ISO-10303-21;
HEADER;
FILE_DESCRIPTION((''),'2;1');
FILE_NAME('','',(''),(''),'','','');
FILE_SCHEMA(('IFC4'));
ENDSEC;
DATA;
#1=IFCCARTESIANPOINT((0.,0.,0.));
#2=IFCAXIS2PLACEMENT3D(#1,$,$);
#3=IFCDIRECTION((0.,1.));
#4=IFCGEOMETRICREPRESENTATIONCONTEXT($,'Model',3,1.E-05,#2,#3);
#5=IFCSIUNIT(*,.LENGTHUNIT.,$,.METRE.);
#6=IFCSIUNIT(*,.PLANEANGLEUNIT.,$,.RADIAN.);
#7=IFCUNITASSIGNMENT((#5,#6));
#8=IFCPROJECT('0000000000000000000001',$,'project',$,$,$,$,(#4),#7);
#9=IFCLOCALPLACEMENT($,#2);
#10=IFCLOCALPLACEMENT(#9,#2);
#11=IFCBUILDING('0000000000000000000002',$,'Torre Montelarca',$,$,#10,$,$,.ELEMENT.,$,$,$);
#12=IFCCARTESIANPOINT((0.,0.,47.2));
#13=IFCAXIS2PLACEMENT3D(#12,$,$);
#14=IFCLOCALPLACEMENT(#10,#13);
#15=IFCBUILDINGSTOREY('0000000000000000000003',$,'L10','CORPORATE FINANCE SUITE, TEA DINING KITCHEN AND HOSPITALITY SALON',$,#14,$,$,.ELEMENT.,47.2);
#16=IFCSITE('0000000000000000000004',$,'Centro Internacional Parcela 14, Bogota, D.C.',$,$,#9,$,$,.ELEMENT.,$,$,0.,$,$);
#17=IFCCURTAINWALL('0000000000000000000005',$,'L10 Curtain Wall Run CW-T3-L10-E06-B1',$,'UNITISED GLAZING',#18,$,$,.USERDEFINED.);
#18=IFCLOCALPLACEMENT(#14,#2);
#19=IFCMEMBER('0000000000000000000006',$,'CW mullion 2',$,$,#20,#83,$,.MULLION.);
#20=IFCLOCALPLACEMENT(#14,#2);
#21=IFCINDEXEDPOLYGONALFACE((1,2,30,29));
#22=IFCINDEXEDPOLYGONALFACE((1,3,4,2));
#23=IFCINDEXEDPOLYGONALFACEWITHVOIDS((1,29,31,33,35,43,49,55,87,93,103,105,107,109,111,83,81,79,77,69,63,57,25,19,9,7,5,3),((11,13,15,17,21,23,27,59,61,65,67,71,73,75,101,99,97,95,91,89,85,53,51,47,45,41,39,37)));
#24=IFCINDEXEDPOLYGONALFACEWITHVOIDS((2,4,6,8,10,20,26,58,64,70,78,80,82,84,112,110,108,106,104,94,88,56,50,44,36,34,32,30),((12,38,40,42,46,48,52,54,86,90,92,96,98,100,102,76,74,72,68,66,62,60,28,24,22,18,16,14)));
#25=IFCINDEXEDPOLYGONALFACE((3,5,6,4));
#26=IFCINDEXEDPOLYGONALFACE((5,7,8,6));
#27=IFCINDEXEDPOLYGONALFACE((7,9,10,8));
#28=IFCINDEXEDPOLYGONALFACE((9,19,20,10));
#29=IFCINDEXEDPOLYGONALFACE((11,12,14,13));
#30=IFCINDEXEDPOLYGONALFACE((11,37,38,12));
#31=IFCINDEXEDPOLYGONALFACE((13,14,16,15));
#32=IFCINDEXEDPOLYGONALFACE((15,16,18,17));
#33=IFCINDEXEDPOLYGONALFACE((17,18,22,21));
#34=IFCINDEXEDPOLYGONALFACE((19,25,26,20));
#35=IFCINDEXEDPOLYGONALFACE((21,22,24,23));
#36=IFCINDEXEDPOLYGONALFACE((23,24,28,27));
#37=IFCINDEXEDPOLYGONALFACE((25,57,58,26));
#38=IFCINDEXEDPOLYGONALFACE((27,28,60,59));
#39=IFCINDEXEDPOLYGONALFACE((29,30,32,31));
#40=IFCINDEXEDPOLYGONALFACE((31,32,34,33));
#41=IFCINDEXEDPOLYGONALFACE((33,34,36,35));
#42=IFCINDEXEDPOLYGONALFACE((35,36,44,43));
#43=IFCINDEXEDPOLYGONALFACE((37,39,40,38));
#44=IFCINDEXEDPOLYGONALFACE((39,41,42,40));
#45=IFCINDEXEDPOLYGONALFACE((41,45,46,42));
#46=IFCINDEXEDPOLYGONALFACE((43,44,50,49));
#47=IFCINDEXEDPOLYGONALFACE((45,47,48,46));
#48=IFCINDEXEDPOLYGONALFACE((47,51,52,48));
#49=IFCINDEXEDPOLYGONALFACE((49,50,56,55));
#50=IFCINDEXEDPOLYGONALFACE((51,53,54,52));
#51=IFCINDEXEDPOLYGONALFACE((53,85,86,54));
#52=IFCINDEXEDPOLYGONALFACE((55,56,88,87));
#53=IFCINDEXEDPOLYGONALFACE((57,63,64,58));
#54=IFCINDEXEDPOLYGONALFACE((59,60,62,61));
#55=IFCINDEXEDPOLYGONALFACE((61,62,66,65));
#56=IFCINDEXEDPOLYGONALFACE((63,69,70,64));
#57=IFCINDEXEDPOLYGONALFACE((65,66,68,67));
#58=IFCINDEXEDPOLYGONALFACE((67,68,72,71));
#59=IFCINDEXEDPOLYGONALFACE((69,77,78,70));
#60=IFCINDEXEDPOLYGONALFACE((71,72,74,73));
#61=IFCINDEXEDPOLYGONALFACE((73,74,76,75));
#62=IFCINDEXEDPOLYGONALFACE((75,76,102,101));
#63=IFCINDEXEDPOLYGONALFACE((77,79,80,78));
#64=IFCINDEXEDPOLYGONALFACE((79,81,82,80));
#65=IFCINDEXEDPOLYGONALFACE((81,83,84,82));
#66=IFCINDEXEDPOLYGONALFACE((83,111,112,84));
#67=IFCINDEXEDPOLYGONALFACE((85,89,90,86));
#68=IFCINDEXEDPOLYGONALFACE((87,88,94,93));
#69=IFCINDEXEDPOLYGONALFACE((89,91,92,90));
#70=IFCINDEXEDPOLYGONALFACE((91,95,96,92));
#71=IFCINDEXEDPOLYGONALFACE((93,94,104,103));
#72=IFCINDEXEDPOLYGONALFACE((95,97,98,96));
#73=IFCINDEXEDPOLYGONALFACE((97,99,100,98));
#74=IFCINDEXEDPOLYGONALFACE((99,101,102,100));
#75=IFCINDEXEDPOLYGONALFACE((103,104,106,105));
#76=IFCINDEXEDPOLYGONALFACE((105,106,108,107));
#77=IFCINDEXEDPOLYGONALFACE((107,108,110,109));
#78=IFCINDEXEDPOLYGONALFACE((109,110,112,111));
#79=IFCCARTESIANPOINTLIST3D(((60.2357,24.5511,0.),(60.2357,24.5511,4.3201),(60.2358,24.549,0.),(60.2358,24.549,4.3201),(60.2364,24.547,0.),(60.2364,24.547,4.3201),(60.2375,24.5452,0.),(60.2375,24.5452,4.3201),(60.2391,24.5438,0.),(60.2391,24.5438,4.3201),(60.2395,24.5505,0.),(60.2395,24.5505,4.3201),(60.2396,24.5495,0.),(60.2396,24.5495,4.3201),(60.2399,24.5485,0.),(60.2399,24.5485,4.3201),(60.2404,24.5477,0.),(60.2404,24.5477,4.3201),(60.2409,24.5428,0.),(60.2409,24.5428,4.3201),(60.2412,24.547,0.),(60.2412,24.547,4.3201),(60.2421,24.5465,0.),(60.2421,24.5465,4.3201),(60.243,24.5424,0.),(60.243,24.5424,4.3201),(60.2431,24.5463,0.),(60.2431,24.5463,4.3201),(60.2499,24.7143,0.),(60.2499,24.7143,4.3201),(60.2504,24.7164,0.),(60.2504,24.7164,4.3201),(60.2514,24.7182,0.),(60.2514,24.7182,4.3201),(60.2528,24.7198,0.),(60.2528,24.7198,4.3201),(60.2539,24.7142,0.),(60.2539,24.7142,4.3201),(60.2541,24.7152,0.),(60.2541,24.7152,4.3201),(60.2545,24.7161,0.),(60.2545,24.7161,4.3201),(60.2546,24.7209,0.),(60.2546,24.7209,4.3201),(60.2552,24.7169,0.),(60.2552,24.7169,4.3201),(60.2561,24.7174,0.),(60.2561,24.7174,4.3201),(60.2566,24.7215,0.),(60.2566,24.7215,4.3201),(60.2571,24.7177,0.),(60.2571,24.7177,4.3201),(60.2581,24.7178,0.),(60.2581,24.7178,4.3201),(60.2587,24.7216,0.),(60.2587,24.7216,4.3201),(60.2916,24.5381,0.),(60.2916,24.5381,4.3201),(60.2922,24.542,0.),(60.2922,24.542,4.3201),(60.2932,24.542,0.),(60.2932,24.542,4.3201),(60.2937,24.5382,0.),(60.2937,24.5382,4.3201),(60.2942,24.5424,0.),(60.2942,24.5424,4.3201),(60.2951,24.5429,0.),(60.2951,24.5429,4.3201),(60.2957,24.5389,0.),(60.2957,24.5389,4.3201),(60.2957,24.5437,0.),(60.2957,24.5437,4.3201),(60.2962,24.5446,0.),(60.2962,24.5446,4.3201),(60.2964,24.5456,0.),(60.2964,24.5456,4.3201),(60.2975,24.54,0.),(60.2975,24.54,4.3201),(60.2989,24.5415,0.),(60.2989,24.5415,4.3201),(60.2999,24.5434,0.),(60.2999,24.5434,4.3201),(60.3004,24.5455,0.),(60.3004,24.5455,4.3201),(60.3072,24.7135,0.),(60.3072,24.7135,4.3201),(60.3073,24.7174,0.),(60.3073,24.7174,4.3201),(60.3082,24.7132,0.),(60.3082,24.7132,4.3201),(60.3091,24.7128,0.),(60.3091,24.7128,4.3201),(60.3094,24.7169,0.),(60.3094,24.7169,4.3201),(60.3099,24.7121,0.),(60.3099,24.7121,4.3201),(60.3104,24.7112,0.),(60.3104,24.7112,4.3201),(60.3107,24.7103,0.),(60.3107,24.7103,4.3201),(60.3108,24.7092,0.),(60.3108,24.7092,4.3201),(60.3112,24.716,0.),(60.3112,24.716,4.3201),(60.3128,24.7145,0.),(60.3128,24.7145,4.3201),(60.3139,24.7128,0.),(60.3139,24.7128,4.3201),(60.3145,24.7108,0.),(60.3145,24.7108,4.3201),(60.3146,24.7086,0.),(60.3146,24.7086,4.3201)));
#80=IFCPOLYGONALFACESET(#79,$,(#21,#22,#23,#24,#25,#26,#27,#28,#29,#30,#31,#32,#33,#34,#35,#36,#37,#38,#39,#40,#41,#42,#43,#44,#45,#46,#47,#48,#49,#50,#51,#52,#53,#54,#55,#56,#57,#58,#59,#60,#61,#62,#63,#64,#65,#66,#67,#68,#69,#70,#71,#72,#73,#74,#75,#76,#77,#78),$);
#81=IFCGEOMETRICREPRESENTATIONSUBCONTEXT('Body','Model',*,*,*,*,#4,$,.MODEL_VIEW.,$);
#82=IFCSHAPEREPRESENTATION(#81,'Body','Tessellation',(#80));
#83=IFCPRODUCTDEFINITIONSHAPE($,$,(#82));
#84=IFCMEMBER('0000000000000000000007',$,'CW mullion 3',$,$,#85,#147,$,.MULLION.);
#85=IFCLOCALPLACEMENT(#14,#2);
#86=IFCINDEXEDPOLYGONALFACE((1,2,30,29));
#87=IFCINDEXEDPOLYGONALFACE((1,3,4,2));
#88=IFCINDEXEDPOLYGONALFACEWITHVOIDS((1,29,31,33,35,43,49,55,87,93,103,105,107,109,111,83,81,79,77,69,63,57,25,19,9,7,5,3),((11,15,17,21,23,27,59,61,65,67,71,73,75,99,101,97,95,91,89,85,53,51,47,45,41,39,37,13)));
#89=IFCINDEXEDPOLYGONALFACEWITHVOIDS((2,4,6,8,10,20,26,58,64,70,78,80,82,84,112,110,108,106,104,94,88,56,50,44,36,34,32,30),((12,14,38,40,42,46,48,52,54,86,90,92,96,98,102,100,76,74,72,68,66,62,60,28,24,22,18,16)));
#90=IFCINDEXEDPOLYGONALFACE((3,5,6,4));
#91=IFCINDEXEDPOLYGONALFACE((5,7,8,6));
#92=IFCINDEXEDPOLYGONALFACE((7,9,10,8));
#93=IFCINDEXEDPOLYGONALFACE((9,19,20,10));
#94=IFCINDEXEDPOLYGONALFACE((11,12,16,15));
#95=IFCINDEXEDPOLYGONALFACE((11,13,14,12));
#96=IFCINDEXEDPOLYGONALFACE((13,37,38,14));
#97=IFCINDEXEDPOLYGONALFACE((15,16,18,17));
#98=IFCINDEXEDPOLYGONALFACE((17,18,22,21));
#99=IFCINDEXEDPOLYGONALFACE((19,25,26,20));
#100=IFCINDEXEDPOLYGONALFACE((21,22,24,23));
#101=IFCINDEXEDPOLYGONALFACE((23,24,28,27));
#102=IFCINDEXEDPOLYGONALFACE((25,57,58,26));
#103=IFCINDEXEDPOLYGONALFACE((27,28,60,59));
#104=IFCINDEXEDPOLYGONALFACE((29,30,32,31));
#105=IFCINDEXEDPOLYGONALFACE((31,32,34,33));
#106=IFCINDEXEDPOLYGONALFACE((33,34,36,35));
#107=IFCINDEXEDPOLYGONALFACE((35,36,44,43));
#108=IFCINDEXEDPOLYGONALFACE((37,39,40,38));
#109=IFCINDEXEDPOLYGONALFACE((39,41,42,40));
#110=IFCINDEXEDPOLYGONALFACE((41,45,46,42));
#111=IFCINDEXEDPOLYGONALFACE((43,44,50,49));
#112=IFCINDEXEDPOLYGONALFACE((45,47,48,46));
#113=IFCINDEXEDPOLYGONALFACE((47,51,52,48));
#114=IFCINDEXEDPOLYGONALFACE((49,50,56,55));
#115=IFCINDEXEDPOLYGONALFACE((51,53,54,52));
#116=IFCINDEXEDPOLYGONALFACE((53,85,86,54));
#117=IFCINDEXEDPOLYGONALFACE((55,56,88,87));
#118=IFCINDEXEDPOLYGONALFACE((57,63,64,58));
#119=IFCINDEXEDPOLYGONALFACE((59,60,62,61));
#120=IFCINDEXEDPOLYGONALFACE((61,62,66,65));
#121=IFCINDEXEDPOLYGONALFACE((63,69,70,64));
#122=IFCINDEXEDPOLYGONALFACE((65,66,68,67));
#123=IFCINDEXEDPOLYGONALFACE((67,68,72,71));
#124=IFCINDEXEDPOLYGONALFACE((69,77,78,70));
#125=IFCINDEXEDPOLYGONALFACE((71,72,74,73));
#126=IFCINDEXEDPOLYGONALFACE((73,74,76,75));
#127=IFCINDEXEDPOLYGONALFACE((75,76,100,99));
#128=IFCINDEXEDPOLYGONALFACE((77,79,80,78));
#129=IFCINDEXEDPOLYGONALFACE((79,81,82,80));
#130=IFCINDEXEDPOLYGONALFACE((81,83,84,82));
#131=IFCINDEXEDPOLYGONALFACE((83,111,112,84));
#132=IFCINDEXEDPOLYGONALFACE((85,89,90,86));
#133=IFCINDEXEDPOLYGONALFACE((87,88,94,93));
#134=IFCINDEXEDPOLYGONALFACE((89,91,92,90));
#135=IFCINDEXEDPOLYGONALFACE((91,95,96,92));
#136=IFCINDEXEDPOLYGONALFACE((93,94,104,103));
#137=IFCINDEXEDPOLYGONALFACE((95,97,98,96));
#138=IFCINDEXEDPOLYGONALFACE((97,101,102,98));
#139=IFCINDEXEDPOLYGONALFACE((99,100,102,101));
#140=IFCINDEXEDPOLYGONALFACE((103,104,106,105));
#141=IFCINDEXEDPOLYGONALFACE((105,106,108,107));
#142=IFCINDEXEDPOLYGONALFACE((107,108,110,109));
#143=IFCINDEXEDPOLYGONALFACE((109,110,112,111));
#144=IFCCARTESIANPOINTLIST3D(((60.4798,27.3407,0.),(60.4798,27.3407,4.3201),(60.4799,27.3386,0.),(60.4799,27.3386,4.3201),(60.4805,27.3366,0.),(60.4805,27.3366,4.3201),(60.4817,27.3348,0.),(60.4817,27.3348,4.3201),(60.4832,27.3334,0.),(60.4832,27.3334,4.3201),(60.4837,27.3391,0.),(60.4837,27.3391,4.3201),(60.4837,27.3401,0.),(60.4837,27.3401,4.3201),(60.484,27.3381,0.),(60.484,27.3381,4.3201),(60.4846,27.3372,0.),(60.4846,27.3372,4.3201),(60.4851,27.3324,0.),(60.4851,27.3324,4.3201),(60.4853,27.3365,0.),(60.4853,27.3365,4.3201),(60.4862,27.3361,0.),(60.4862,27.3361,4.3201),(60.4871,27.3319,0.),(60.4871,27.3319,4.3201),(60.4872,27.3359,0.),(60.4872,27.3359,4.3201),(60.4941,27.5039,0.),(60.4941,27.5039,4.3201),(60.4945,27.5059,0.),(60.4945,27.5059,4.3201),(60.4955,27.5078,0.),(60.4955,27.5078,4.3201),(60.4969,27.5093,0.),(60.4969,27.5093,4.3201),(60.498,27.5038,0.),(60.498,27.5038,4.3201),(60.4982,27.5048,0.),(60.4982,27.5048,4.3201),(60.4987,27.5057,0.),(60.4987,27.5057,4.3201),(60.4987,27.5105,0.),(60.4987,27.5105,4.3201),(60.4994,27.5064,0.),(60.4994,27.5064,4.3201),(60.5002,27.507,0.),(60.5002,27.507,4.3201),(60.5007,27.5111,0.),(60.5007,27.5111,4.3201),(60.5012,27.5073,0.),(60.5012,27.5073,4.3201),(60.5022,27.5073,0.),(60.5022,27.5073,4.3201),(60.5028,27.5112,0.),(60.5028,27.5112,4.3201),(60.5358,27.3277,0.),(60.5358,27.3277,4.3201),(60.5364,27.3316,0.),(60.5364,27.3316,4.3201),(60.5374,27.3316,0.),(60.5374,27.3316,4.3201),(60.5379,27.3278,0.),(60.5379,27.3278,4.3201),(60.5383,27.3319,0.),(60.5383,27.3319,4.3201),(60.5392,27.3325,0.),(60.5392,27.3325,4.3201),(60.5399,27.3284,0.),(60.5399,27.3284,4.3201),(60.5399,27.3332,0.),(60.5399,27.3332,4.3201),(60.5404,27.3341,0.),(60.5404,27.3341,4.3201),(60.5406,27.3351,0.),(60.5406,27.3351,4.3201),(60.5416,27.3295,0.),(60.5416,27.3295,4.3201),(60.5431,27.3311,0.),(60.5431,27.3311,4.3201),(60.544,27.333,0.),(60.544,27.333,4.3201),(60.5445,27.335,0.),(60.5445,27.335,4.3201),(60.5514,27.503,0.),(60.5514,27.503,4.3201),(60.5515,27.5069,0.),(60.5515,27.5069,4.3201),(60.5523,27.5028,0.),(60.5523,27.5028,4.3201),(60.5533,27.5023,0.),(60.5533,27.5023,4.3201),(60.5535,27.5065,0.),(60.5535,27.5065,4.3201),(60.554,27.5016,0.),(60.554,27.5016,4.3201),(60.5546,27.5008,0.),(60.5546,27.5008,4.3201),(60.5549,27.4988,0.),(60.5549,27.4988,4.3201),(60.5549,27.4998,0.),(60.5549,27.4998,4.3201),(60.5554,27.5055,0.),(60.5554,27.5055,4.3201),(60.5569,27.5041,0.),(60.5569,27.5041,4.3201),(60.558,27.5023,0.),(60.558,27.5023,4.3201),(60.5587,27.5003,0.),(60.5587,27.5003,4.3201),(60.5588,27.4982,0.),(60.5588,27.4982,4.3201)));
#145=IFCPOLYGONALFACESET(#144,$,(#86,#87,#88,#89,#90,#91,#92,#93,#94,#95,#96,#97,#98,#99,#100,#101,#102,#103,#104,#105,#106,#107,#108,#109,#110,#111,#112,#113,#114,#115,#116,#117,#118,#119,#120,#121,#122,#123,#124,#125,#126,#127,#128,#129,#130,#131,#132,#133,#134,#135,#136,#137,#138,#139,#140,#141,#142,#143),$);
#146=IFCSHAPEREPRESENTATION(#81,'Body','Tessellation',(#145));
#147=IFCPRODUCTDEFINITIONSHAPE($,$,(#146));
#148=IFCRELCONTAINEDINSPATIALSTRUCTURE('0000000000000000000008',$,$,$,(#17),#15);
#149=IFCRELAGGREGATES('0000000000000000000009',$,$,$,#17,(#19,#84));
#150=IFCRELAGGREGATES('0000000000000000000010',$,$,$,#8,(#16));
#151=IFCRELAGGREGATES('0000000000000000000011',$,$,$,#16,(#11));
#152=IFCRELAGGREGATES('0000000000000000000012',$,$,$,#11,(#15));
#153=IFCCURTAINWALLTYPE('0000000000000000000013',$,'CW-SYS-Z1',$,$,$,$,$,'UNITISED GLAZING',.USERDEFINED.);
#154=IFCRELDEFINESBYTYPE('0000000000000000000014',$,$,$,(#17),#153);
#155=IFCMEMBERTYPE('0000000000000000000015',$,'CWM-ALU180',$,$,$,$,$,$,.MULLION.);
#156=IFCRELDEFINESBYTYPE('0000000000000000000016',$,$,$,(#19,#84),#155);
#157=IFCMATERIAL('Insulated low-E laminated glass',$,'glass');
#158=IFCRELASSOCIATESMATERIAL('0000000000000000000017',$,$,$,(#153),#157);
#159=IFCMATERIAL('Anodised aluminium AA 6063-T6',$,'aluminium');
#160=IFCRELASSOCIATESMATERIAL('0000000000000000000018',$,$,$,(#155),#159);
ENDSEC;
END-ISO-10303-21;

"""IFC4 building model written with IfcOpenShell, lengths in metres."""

from ifc_helpers import new_model, si_unit, direction, frame, origin, origin_2d, place, context, subcontext, project, spatial, hollow_rectangle, extrude, source, transform, mapped, material, material_profile, profile_set, type_object, element, aggregate, save


model = new_model("IFC4")

# Units and contexts
model_context = context("Model", 3, precision=1e-05, world=origin(), true_north=direction((0.0, 1.0)))
body_context = subcontext(model_context, "Body", "Model", "MODEL_VIEW")
ifc_project = project(units=[si_unit("LENGTHUNIT", "METRE"), si_unit("PLANEANGLEUNIT", "RADIAN")], contexts=[model_context])

# Site, building, storey
site_placement = place(None, origin())
site = spatial("IfcSite", under=ifc_project, at=site_placement, Name="Centro Internacional Parcela 14, Bogota, D.C.", CompositionType="ELEMENT", RefElevation=0.0)
building_placement = place(site_placement, origin())
building = spatial("IfcBuilding", under=site, at=building_placement, Name="Torre Montelarca", CompositionType="ELEMENT")
storey_placement = place(building_placement, frame((0.0, 0.0, 47.2)))
storey = spatial("IfcBuildingStorey", under=building, at=storey_placement, Name="L10", Description="CORPORATE FINANCE SUITE, TEA DINING KITCHEN AND HOSPITALITY SALON", CompositionType="ELEMENT", Elevation=47.2)

# Curtain wall, members
ifc_material_1 = material(Name="Insulated low-E laminated glass", Category="glass")
curtain_wall_type = type_object("IfcCurtainWallType", Name="CW-SYS-Z1", ElementType="UNITISED GLAZING", PredefinedType="USERDEFINED", material=ifc_material_1)
ifc_material_2 = material(Name="Anodised aluminium AA 6063-T6", Category="aluminium")
ifc_material_profile_1 = material_profile(ifc_material_2, hollow_rectangle(XDim=0.0649, YDim=0.1799, WallThickness=0.0039, InnerFilletRadius=0.0039, OuterFilletRadius=0.0081, at=origin_2d()), Name="ALU65X180X4", Category="aluminium")
ifc_profile_set_1 = profile_set([ifc_material_profile_1], Name="Anodised aluminium AA 6063-T6")
member_type_1 = type_object("IfcMemberType", Name="CWM-ALU180", PredefinedType="MULLION", material=ifc_profile_set_1)
shared_shape_1 = source(origin(), body_context, "Body", "SweptSolid", [
    extrude(hollow_rectangle(XDim=0.0649, YDim=0.1799, WallThickness=0.0039, InnerFilletRadius=0.0039, OuterFilletRadius=0.0081, at=origin_2d()), origin(), (0.0, 0.0, 1.0), 4.3201),
])
curtain_wall_1_placement = place(storey_placement, origin())
curtain_wall_1 = element("IfcCurtainWall", 1, at=curtain_wall_1_placement, inside=storey, type_object=curtain_wall_type, Name="L10 Curtain Wall Run CW-T3-L10-E06-B1", ObjectType="UNITISED GLAZING", PredefinedType="USERDEFINED")
member_1_placement = place(storey_placement, frame((60.2751, 24.6299, 0.0), z_axis=(0.0, 0.0, 1.0), x_axis=(-0.996194, 0.087166, 0.0)))
member_1 = element("IfcMember", 2, at=member_1_placement, type_object=member_type_1, Name="CW mullion 2", PredefinedType="MULLION", context=body_context, shape_type="MappedRepresentation", body=[
    mapped(shared_shape_1, transform((0.0, 0.0, 0.0), scale=1.0)),
])
member_2_placement = place(storey_placement, frame((60.5193, 27.4194, 0.0), z_axis=(0.0, 0.0, 1.0), x_axis=(-0.996194, 0.087166, 0.0)))
member_2 = element("IfcMember", 3, at=member_2_placement, type_object=member_type_1, Name="CW mullion 3", PredefinedType="MULLION", context=body_context, shape_type="MappedRepresentation", body=[
    mapped(shared_shape_1, transform((0.0, 0.0, 0.0), scale=1.0)),
])

aggregate(curtain_wall_1, [member_1, member_2])

save(model, "model.ifc")
